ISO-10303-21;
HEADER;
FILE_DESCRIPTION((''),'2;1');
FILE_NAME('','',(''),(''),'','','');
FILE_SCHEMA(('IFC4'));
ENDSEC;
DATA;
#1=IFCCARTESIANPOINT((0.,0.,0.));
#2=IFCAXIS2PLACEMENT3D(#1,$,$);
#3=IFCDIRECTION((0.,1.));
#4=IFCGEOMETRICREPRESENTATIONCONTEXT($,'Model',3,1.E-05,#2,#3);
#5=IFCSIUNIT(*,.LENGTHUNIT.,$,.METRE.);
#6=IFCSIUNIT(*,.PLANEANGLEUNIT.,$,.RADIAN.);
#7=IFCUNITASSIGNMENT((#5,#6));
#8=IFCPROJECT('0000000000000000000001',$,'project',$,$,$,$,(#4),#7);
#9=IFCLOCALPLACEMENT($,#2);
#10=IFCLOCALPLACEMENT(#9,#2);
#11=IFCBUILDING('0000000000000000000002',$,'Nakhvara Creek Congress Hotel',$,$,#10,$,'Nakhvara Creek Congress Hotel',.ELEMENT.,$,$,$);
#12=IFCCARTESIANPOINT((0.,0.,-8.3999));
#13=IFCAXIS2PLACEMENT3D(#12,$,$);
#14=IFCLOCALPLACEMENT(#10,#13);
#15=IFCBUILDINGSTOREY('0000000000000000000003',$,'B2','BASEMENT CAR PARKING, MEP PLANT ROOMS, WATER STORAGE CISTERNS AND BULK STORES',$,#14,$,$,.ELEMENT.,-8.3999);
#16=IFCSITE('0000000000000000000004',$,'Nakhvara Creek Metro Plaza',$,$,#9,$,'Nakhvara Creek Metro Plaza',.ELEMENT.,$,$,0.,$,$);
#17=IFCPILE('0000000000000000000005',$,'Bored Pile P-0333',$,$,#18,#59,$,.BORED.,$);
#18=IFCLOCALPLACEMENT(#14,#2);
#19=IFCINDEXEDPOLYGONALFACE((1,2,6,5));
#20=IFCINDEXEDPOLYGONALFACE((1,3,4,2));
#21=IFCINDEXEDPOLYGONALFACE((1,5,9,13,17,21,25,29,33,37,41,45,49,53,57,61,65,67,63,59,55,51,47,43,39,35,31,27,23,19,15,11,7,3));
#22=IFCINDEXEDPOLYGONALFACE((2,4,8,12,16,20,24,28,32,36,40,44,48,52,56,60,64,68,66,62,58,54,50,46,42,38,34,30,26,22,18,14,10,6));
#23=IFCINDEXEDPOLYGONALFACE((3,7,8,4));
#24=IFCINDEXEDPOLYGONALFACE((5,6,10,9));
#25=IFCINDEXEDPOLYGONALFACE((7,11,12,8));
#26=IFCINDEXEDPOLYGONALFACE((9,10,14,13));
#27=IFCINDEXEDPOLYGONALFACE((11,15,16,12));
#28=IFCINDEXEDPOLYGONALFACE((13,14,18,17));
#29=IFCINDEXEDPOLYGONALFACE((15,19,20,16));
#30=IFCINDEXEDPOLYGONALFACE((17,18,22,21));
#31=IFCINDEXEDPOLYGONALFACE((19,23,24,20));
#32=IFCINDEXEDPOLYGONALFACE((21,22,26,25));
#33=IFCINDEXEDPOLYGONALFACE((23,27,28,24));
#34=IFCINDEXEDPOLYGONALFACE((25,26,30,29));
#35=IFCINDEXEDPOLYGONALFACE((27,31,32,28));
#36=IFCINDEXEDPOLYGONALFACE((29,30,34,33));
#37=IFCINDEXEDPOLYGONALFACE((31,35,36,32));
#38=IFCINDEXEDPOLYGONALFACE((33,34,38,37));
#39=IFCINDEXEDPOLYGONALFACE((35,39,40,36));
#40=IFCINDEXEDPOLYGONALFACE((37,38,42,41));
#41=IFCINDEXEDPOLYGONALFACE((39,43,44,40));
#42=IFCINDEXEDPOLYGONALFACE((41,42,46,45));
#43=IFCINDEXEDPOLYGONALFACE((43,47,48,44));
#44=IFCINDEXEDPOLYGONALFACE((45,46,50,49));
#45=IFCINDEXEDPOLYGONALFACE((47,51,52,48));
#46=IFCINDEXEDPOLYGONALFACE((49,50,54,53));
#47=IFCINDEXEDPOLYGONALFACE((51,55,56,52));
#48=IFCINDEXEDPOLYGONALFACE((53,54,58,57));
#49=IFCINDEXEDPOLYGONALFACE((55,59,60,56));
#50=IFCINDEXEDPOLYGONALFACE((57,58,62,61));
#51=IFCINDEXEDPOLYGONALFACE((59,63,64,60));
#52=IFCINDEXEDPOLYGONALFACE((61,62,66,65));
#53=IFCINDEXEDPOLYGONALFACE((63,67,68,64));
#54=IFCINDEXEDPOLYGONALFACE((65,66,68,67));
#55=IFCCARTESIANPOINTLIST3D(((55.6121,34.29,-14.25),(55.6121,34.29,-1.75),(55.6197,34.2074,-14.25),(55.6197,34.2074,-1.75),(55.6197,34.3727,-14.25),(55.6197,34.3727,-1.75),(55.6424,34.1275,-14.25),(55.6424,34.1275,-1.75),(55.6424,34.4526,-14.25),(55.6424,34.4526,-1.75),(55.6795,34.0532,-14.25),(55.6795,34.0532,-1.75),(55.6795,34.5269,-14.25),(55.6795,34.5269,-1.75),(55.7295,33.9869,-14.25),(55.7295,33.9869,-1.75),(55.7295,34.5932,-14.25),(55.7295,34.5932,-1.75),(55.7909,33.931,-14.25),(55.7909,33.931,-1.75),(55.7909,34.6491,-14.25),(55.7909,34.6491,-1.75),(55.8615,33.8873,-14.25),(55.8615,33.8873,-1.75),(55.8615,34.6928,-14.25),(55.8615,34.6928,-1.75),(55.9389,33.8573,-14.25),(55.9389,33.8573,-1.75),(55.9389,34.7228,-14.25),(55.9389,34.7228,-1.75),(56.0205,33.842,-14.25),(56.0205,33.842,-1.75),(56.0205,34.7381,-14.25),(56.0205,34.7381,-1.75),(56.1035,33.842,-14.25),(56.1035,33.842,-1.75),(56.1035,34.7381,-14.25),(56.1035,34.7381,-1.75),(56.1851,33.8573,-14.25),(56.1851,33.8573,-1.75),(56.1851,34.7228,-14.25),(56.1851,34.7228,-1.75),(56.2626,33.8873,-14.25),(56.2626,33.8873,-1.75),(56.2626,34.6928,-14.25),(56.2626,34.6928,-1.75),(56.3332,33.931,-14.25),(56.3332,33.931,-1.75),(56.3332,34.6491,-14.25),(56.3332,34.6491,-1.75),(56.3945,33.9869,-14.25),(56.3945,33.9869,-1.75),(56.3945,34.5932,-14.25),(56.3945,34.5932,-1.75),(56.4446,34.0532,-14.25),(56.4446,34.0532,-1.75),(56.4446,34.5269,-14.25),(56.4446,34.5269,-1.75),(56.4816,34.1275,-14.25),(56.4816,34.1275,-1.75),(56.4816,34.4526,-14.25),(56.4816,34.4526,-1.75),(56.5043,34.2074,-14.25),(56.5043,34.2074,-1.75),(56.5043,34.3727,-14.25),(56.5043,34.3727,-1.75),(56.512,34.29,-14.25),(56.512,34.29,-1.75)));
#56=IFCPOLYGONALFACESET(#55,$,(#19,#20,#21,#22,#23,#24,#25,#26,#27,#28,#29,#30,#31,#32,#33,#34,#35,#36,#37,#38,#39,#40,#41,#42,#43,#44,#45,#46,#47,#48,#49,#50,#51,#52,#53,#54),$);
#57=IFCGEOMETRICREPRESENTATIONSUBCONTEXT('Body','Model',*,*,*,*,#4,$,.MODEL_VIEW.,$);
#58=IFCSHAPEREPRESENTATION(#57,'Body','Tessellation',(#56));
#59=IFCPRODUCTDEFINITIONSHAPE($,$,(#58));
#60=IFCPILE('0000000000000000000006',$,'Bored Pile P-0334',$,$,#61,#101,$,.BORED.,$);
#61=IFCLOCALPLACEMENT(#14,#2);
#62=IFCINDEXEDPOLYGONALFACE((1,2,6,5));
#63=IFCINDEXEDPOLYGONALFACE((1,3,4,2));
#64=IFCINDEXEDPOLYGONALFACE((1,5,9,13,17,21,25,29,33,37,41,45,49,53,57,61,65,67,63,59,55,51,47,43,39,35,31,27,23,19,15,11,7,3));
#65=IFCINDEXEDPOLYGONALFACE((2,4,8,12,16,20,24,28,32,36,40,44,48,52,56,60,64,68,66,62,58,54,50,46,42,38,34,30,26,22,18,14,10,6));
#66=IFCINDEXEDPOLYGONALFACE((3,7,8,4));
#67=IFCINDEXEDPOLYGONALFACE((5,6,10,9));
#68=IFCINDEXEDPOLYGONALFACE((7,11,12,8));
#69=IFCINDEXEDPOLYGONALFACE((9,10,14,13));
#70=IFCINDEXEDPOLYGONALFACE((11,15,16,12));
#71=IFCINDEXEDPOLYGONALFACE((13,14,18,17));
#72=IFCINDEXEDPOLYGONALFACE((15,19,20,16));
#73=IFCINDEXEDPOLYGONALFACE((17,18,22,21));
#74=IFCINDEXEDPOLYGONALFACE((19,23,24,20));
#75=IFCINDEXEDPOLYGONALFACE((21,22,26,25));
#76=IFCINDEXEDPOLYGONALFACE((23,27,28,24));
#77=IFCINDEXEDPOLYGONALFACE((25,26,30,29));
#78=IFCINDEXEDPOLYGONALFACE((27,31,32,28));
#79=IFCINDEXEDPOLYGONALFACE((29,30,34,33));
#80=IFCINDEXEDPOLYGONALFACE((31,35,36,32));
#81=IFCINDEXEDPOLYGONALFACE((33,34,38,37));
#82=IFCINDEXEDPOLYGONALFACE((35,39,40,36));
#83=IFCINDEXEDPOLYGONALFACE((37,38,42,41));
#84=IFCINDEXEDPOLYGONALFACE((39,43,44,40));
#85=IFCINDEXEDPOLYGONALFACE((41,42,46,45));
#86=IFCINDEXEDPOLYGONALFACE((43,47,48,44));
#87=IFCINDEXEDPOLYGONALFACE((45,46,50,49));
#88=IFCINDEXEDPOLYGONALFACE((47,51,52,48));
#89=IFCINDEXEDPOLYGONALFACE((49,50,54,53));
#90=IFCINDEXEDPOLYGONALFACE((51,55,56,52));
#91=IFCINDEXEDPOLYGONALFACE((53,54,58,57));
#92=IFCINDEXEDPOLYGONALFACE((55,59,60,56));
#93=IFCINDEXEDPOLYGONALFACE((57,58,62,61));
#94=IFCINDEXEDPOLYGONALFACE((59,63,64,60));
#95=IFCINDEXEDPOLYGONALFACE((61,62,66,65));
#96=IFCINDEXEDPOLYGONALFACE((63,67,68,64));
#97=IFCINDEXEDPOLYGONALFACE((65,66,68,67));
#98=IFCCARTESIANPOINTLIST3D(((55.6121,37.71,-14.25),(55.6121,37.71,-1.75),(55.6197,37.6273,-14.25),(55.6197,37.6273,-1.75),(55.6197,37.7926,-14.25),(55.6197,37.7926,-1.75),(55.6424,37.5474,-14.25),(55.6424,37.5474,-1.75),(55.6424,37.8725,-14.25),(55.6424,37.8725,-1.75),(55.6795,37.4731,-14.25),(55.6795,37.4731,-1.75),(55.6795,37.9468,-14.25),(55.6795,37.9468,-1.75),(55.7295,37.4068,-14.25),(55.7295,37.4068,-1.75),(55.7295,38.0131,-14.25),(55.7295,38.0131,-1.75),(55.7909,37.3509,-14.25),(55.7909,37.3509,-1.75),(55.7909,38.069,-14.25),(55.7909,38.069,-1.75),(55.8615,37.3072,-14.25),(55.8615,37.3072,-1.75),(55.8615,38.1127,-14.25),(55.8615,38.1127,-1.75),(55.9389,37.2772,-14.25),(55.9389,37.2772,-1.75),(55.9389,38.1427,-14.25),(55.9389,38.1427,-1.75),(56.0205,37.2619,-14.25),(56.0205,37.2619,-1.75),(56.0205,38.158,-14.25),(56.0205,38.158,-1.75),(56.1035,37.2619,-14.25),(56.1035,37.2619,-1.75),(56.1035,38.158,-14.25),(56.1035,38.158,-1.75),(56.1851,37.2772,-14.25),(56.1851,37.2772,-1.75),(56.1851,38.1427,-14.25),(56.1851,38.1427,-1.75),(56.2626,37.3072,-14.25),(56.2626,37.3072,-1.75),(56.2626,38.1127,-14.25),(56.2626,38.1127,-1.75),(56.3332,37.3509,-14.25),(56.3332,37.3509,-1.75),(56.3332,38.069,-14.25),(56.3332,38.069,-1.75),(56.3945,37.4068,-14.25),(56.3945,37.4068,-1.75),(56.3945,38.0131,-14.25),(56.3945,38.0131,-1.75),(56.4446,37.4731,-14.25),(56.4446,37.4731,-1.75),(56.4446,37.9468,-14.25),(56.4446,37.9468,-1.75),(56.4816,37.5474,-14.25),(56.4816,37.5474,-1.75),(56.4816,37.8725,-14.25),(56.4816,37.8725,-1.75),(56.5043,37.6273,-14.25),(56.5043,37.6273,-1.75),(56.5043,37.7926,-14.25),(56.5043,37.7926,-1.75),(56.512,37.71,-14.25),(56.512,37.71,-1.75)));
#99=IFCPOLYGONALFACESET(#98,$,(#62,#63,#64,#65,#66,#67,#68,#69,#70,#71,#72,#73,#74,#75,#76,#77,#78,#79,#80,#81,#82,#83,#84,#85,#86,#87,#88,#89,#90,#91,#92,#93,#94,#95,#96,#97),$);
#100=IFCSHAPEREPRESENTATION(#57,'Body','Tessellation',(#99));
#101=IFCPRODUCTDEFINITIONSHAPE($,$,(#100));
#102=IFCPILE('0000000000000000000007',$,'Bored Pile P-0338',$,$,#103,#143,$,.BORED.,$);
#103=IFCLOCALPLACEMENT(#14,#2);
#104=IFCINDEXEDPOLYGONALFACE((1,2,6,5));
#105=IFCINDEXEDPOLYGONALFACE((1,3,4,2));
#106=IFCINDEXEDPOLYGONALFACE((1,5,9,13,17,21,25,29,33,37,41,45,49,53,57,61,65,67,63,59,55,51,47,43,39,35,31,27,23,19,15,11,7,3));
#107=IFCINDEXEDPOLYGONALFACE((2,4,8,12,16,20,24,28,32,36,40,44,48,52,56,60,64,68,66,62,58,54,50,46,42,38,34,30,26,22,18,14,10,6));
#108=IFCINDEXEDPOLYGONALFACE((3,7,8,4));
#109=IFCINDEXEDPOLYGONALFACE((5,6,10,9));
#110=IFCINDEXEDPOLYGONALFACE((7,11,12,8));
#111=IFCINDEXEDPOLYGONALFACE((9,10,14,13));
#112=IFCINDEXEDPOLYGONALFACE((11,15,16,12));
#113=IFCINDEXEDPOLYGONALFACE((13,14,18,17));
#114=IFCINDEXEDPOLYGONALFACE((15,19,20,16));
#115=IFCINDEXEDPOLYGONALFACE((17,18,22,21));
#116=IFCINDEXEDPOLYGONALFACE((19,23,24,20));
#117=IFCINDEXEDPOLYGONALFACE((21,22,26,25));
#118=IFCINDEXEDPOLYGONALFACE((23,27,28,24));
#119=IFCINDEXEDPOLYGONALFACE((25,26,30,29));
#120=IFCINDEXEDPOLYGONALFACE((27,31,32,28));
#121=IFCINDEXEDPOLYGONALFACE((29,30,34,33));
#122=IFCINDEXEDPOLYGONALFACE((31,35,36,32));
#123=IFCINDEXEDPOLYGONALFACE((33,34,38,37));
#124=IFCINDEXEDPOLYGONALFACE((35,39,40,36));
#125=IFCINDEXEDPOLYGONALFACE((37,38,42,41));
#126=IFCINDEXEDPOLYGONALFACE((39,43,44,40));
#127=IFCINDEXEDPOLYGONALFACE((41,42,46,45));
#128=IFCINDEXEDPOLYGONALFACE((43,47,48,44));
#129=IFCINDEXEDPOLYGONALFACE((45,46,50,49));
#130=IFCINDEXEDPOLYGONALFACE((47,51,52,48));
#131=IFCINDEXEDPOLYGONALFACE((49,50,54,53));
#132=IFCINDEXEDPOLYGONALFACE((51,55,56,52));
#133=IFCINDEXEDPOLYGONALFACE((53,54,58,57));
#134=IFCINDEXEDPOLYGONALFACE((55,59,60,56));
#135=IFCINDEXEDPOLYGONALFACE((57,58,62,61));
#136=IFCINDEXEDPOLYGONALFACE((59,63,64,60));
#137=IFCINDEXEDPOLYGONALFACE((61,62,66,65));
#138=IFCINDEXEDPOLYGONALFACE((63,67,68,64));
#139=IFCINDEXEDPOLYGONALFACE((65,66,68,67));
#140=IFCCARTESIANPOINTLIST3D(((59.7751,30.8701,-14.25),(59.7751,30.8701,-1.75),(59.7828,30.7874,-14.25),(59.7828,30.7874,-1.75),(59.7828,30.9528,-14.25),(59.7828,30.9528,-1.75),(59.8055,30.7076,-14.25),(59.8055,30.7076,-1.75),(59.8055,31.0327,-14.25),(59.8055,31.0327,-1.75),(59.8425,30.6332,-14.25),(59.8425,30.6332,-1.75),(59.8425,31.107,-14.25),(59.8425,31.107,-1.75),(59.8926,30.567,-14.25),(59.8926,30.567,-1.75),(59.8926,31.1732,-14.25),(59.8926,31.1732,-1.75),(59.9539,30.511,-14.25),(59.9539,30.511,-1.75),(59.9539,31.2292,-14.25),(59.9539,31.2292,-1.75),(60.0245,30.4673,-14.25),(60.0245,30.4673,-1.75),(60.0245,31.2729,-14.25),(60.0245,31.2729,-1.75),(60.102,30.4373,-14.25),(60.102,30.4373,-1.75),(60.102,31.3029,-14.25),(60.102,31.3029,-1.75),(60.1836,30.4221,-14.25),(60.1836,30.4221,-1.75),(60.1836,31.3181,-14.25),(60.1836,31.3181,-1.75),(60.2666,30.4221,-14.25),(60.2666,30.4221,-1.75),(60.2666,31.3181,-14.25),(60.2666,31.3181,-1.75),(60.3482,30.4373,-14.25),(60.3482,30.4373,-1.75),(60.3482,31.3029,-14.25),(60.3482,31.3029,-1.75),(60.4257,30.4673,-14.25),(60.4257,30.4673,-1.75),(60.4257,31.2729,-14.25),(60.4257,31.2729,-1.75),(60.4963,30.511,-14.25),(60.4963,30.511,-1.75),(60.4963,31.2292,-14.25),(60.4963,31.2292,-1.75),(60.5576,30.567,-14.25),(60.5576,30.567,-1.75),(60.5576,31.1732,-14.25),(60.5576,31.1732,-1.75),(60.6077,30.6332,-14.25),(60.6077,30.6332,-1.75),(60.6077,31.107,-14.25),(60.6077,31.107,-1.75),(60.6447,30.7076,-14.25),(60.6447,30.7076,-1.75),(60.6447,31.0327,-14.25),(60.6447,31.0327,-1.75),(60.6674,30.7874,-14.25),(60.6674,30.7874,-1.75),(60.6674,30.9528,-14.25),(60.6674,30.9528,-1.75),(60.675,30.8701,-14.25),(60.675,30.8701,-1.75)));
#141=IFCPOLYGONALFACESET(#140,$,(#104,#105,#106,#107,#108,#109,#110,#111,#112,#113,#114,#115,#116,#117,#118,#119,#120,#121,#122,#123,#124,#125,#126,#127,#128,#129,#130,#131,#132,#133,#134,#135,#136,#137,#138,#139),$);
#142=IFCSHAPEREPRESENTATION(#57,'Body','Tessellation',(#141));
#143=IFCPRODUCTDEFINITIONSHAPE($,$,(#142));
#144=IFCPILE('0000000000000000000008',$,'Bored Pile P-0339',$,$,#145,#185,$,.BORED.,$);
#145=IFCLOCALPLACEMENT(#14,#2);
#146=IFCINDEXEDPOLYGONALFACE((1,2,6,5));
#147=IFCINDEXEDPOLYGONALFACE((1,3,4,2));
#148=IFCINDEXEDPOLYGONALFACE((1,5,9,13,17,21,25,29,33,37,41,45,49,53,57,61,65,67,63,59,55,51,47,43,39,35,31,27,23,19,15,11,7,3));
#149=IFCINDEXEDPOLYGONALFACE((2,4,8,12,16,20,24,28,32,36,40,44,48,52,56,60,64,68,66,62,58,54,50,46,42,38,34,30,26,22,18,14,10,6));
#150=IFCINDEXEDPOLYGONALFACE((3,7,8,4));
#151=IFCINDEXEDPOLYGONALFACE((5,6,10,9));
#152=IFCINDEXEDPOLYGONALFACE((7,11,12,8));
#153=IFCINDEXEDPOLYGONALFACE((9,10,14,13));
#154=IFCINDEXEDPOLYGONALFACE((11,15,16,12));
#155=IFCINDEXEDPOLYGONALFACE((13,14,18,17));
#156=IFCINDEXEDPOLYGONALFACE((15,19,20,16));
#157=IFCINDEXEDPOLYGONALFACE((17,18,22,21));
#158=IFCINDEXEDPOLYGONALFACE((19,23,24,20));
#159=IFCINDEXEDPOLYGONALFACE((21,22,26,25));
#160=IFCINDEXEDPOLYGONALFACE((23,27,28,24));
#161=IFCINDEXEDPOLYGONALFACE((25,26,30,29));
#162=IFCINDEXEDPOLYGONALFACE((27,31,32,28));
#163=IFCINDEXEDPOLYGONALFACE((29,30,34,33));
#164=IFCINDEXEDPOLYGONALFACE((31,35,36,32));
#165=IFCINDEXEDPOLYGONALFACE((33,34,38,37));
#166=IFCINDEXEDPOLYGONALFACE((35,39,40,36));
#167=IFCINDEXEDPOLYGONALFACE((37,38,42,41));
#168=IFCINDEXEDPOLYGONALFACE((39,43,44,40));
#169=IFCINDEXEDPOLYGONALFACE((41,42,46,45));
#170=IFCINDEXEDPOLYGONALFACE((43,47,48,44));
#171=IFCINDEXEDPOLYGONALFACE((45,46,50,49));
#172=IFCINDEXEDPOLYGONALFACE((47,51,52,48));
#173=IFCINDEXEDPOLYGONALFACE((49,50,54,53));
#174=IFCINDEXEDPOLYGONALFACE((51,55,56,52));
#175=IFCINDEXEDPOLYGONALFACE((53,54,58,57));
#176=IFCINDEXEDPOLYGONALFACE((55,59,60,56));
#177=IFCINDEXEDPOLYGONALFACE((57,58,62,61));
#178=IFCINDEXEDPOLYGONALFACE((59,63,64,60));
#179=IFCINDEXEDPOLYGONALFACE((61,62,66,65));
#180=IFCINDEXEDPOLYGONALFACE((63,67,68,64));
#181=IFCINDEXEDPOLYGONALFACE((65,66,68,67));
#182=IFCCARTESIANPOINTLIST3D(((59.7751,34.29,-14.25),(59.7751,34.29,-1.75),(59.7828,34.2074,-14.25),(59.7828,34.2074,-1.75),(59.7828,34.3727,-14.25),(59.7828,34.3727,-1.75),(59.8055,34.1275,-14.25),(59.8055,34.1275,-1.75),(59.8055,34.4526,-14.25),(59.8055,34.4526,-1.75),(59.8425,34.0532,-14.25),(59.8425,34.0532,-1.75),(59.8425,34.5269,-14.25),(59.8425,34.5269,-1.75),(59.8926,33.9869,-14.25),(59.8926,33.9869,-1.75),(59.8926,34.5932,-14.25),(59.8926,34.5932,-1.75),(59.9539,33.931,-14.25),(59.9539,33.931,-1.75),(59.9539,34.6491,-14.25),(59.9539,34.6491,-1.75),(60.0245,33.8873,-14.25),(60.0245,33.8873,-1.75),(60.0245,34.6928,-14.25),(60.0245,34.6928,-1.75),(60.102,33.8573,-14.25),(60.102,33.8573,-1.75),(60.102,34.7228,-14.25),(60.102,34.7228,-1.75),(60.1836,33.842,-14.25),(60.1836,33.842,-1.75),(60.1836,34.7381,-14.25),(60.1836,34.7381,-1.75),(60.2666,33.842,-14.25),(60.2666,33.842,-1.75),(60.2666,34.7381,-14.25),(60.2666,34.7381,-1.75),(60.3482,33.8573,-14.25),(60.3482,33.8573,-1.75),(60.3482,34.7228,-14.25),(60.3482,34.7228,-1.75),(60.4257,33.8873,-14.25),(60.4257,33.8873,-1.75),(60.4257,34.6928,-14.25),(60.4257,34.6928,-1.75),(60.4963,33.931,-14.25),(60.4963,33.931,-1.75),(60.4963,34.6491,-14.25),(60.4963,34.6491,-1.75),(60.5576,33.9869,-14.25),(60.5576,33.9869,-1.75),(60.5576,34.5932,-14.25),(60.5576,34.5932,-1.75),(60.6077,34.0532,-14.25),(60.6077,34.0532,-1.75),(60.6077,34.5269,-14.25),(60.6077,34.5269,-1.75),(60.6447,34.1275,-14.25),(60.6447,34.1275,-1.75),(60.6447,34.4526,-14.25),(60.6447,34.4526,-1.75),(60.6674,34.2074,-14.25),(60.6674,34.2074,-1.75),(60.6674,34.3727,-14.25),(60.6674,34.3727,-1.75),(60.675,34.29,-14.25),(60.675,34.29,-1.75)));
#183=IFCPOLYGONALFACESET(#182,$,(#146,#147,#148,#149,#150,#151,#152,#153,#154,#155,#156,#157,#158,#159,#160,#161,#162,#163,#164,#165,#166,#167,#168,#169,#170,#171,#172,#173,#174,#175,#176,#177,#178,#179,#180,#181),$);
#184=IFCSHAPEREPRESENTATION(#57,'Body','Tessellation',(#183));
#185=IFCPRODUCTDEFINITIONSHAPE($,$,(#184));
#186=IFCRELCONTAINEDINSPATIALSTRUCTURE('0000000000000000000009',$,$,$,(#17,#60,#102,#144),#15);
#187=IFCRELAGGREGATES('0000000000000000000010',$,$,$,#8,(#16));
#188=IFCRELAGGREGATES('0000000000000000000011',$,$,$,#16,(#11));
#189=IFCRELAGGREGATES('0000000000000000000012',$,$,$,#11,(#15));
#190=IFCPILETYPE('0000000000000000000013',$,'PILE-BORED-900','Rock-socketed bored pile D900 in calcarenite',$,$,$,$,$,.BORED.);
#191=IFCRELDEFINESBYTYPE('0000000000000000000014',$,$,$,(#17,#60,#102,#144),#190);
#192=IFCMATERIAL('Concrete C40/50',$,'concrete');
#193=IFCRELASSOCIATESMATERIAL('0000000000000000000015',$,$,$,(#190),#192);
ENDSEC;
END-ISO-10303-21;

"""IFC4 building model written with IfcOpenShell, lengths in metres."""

from ifc_helpers import new_model, si_unit, direction, frame, origin, origin_2d, place, context, subcontext, project, spatial, circle, extrude, material, material_profile, profile_set, type_object, element, save


model = new_model("IFC4")

# Units and contexts
model_context = context("Model", 3, precision=1e-05, world=origin(), true_north=direction((0.0, 1.0)))
body_context = subcontext(model_context, "Body", "Model", "MODEL_VIEW")
ifc_project = project(units=[si_unit("LENGTHUNIT", "METRE"), si_unit("PLANEANGLEUNIT", "RADIAN")], contexts=[model_context])

# Site, building, storey
site_placement = place(None, origin())
site = spatial("IfcSite", under=ifc_project, at=site_placement, Name="Nakhvara Creek Metro Plaza", LongName="Nakhvara Creek Metro Plaza", CompositionType="ELEMENT", RefElevation=0.0)
building_placement = place(site_placement, origin())
building = spatial("IfcBuilding", under=site, at=building_placement, Name="Nakhvara Creek Congress Hotel", LongName="Nakhvara Creek Congress Hotel", CompositionType="ELEMENT")
storey_placement = place(building_placement, frame((0.0, 0.0, -8.3999)))
storey = spatial("IfcBuildingStorey", under=building, at=storey_placement, Name="B2", Description="BASEMENT CAR PARKING, MEP PLANT ROOMS, WATER STORAGE CISTERNS AND BULK STORES", CompositionType="ELEMENT", Elevation=-8.3999)

# Shared definitions
ifc_material_1 = material(Name="Concrete C40/50", Category="concrete")

# Piles
ifc_material_profile_1 = material_profile(ifc_material_1, circle(Radius=0.45, at=origin_2d()), Name="BORED PILE D900", Category="LoadBearing")
ifc_profile_set_1 = profile_set([ifc_material_profile_1], Name="Concrete C40/50")
pile_type = type_object("IfcPileType", Name="PILE-BORED-900", Description="Rock-socketed bored pile D900 in calcarenite", PredefinedType="BORED", material=ifc_profile_set_1)
for number, where, z_axis, x_axis, name in (
    (1, (56.062, 34.29, -1.75), (0.0, 0.0, -1.0), (1.0, 0.0, 0.0), "Bored Pile P-0333"),
    (2, (56.062, 37.71, -1.75), (0.0, 0.0, -1.0), (1.0, 0.0, 0.0), "Bored Pile P-0334"),
    (3, (60.2251, 30.8701, -1.75), (0.0, 0.0, -1.0), (1.0, 0.0, 0.0), "Bored Pile P-0338"),
    (4, (60.2251, 34.29, -1.75), (0.0, 0.0, -1.0), (1.0, 0.0, 0.0), "Bored Pile P-0339"),
):
    element("IfcPile", number, at=place(storey_placement, frame(where, z_axis=z_axis, x_axis=x_axis)), inside=storey, type_object=pile_type, Name=name, PredefinedType="BORED", context=body_context, shape_type="SweptSolid", body=[
        extrude(circle(Radius=0.45, at=origin_2d()), origin(), (0.0, 0.0, 1.0), 12.5),
    ])

save(model, "model.ifc")
